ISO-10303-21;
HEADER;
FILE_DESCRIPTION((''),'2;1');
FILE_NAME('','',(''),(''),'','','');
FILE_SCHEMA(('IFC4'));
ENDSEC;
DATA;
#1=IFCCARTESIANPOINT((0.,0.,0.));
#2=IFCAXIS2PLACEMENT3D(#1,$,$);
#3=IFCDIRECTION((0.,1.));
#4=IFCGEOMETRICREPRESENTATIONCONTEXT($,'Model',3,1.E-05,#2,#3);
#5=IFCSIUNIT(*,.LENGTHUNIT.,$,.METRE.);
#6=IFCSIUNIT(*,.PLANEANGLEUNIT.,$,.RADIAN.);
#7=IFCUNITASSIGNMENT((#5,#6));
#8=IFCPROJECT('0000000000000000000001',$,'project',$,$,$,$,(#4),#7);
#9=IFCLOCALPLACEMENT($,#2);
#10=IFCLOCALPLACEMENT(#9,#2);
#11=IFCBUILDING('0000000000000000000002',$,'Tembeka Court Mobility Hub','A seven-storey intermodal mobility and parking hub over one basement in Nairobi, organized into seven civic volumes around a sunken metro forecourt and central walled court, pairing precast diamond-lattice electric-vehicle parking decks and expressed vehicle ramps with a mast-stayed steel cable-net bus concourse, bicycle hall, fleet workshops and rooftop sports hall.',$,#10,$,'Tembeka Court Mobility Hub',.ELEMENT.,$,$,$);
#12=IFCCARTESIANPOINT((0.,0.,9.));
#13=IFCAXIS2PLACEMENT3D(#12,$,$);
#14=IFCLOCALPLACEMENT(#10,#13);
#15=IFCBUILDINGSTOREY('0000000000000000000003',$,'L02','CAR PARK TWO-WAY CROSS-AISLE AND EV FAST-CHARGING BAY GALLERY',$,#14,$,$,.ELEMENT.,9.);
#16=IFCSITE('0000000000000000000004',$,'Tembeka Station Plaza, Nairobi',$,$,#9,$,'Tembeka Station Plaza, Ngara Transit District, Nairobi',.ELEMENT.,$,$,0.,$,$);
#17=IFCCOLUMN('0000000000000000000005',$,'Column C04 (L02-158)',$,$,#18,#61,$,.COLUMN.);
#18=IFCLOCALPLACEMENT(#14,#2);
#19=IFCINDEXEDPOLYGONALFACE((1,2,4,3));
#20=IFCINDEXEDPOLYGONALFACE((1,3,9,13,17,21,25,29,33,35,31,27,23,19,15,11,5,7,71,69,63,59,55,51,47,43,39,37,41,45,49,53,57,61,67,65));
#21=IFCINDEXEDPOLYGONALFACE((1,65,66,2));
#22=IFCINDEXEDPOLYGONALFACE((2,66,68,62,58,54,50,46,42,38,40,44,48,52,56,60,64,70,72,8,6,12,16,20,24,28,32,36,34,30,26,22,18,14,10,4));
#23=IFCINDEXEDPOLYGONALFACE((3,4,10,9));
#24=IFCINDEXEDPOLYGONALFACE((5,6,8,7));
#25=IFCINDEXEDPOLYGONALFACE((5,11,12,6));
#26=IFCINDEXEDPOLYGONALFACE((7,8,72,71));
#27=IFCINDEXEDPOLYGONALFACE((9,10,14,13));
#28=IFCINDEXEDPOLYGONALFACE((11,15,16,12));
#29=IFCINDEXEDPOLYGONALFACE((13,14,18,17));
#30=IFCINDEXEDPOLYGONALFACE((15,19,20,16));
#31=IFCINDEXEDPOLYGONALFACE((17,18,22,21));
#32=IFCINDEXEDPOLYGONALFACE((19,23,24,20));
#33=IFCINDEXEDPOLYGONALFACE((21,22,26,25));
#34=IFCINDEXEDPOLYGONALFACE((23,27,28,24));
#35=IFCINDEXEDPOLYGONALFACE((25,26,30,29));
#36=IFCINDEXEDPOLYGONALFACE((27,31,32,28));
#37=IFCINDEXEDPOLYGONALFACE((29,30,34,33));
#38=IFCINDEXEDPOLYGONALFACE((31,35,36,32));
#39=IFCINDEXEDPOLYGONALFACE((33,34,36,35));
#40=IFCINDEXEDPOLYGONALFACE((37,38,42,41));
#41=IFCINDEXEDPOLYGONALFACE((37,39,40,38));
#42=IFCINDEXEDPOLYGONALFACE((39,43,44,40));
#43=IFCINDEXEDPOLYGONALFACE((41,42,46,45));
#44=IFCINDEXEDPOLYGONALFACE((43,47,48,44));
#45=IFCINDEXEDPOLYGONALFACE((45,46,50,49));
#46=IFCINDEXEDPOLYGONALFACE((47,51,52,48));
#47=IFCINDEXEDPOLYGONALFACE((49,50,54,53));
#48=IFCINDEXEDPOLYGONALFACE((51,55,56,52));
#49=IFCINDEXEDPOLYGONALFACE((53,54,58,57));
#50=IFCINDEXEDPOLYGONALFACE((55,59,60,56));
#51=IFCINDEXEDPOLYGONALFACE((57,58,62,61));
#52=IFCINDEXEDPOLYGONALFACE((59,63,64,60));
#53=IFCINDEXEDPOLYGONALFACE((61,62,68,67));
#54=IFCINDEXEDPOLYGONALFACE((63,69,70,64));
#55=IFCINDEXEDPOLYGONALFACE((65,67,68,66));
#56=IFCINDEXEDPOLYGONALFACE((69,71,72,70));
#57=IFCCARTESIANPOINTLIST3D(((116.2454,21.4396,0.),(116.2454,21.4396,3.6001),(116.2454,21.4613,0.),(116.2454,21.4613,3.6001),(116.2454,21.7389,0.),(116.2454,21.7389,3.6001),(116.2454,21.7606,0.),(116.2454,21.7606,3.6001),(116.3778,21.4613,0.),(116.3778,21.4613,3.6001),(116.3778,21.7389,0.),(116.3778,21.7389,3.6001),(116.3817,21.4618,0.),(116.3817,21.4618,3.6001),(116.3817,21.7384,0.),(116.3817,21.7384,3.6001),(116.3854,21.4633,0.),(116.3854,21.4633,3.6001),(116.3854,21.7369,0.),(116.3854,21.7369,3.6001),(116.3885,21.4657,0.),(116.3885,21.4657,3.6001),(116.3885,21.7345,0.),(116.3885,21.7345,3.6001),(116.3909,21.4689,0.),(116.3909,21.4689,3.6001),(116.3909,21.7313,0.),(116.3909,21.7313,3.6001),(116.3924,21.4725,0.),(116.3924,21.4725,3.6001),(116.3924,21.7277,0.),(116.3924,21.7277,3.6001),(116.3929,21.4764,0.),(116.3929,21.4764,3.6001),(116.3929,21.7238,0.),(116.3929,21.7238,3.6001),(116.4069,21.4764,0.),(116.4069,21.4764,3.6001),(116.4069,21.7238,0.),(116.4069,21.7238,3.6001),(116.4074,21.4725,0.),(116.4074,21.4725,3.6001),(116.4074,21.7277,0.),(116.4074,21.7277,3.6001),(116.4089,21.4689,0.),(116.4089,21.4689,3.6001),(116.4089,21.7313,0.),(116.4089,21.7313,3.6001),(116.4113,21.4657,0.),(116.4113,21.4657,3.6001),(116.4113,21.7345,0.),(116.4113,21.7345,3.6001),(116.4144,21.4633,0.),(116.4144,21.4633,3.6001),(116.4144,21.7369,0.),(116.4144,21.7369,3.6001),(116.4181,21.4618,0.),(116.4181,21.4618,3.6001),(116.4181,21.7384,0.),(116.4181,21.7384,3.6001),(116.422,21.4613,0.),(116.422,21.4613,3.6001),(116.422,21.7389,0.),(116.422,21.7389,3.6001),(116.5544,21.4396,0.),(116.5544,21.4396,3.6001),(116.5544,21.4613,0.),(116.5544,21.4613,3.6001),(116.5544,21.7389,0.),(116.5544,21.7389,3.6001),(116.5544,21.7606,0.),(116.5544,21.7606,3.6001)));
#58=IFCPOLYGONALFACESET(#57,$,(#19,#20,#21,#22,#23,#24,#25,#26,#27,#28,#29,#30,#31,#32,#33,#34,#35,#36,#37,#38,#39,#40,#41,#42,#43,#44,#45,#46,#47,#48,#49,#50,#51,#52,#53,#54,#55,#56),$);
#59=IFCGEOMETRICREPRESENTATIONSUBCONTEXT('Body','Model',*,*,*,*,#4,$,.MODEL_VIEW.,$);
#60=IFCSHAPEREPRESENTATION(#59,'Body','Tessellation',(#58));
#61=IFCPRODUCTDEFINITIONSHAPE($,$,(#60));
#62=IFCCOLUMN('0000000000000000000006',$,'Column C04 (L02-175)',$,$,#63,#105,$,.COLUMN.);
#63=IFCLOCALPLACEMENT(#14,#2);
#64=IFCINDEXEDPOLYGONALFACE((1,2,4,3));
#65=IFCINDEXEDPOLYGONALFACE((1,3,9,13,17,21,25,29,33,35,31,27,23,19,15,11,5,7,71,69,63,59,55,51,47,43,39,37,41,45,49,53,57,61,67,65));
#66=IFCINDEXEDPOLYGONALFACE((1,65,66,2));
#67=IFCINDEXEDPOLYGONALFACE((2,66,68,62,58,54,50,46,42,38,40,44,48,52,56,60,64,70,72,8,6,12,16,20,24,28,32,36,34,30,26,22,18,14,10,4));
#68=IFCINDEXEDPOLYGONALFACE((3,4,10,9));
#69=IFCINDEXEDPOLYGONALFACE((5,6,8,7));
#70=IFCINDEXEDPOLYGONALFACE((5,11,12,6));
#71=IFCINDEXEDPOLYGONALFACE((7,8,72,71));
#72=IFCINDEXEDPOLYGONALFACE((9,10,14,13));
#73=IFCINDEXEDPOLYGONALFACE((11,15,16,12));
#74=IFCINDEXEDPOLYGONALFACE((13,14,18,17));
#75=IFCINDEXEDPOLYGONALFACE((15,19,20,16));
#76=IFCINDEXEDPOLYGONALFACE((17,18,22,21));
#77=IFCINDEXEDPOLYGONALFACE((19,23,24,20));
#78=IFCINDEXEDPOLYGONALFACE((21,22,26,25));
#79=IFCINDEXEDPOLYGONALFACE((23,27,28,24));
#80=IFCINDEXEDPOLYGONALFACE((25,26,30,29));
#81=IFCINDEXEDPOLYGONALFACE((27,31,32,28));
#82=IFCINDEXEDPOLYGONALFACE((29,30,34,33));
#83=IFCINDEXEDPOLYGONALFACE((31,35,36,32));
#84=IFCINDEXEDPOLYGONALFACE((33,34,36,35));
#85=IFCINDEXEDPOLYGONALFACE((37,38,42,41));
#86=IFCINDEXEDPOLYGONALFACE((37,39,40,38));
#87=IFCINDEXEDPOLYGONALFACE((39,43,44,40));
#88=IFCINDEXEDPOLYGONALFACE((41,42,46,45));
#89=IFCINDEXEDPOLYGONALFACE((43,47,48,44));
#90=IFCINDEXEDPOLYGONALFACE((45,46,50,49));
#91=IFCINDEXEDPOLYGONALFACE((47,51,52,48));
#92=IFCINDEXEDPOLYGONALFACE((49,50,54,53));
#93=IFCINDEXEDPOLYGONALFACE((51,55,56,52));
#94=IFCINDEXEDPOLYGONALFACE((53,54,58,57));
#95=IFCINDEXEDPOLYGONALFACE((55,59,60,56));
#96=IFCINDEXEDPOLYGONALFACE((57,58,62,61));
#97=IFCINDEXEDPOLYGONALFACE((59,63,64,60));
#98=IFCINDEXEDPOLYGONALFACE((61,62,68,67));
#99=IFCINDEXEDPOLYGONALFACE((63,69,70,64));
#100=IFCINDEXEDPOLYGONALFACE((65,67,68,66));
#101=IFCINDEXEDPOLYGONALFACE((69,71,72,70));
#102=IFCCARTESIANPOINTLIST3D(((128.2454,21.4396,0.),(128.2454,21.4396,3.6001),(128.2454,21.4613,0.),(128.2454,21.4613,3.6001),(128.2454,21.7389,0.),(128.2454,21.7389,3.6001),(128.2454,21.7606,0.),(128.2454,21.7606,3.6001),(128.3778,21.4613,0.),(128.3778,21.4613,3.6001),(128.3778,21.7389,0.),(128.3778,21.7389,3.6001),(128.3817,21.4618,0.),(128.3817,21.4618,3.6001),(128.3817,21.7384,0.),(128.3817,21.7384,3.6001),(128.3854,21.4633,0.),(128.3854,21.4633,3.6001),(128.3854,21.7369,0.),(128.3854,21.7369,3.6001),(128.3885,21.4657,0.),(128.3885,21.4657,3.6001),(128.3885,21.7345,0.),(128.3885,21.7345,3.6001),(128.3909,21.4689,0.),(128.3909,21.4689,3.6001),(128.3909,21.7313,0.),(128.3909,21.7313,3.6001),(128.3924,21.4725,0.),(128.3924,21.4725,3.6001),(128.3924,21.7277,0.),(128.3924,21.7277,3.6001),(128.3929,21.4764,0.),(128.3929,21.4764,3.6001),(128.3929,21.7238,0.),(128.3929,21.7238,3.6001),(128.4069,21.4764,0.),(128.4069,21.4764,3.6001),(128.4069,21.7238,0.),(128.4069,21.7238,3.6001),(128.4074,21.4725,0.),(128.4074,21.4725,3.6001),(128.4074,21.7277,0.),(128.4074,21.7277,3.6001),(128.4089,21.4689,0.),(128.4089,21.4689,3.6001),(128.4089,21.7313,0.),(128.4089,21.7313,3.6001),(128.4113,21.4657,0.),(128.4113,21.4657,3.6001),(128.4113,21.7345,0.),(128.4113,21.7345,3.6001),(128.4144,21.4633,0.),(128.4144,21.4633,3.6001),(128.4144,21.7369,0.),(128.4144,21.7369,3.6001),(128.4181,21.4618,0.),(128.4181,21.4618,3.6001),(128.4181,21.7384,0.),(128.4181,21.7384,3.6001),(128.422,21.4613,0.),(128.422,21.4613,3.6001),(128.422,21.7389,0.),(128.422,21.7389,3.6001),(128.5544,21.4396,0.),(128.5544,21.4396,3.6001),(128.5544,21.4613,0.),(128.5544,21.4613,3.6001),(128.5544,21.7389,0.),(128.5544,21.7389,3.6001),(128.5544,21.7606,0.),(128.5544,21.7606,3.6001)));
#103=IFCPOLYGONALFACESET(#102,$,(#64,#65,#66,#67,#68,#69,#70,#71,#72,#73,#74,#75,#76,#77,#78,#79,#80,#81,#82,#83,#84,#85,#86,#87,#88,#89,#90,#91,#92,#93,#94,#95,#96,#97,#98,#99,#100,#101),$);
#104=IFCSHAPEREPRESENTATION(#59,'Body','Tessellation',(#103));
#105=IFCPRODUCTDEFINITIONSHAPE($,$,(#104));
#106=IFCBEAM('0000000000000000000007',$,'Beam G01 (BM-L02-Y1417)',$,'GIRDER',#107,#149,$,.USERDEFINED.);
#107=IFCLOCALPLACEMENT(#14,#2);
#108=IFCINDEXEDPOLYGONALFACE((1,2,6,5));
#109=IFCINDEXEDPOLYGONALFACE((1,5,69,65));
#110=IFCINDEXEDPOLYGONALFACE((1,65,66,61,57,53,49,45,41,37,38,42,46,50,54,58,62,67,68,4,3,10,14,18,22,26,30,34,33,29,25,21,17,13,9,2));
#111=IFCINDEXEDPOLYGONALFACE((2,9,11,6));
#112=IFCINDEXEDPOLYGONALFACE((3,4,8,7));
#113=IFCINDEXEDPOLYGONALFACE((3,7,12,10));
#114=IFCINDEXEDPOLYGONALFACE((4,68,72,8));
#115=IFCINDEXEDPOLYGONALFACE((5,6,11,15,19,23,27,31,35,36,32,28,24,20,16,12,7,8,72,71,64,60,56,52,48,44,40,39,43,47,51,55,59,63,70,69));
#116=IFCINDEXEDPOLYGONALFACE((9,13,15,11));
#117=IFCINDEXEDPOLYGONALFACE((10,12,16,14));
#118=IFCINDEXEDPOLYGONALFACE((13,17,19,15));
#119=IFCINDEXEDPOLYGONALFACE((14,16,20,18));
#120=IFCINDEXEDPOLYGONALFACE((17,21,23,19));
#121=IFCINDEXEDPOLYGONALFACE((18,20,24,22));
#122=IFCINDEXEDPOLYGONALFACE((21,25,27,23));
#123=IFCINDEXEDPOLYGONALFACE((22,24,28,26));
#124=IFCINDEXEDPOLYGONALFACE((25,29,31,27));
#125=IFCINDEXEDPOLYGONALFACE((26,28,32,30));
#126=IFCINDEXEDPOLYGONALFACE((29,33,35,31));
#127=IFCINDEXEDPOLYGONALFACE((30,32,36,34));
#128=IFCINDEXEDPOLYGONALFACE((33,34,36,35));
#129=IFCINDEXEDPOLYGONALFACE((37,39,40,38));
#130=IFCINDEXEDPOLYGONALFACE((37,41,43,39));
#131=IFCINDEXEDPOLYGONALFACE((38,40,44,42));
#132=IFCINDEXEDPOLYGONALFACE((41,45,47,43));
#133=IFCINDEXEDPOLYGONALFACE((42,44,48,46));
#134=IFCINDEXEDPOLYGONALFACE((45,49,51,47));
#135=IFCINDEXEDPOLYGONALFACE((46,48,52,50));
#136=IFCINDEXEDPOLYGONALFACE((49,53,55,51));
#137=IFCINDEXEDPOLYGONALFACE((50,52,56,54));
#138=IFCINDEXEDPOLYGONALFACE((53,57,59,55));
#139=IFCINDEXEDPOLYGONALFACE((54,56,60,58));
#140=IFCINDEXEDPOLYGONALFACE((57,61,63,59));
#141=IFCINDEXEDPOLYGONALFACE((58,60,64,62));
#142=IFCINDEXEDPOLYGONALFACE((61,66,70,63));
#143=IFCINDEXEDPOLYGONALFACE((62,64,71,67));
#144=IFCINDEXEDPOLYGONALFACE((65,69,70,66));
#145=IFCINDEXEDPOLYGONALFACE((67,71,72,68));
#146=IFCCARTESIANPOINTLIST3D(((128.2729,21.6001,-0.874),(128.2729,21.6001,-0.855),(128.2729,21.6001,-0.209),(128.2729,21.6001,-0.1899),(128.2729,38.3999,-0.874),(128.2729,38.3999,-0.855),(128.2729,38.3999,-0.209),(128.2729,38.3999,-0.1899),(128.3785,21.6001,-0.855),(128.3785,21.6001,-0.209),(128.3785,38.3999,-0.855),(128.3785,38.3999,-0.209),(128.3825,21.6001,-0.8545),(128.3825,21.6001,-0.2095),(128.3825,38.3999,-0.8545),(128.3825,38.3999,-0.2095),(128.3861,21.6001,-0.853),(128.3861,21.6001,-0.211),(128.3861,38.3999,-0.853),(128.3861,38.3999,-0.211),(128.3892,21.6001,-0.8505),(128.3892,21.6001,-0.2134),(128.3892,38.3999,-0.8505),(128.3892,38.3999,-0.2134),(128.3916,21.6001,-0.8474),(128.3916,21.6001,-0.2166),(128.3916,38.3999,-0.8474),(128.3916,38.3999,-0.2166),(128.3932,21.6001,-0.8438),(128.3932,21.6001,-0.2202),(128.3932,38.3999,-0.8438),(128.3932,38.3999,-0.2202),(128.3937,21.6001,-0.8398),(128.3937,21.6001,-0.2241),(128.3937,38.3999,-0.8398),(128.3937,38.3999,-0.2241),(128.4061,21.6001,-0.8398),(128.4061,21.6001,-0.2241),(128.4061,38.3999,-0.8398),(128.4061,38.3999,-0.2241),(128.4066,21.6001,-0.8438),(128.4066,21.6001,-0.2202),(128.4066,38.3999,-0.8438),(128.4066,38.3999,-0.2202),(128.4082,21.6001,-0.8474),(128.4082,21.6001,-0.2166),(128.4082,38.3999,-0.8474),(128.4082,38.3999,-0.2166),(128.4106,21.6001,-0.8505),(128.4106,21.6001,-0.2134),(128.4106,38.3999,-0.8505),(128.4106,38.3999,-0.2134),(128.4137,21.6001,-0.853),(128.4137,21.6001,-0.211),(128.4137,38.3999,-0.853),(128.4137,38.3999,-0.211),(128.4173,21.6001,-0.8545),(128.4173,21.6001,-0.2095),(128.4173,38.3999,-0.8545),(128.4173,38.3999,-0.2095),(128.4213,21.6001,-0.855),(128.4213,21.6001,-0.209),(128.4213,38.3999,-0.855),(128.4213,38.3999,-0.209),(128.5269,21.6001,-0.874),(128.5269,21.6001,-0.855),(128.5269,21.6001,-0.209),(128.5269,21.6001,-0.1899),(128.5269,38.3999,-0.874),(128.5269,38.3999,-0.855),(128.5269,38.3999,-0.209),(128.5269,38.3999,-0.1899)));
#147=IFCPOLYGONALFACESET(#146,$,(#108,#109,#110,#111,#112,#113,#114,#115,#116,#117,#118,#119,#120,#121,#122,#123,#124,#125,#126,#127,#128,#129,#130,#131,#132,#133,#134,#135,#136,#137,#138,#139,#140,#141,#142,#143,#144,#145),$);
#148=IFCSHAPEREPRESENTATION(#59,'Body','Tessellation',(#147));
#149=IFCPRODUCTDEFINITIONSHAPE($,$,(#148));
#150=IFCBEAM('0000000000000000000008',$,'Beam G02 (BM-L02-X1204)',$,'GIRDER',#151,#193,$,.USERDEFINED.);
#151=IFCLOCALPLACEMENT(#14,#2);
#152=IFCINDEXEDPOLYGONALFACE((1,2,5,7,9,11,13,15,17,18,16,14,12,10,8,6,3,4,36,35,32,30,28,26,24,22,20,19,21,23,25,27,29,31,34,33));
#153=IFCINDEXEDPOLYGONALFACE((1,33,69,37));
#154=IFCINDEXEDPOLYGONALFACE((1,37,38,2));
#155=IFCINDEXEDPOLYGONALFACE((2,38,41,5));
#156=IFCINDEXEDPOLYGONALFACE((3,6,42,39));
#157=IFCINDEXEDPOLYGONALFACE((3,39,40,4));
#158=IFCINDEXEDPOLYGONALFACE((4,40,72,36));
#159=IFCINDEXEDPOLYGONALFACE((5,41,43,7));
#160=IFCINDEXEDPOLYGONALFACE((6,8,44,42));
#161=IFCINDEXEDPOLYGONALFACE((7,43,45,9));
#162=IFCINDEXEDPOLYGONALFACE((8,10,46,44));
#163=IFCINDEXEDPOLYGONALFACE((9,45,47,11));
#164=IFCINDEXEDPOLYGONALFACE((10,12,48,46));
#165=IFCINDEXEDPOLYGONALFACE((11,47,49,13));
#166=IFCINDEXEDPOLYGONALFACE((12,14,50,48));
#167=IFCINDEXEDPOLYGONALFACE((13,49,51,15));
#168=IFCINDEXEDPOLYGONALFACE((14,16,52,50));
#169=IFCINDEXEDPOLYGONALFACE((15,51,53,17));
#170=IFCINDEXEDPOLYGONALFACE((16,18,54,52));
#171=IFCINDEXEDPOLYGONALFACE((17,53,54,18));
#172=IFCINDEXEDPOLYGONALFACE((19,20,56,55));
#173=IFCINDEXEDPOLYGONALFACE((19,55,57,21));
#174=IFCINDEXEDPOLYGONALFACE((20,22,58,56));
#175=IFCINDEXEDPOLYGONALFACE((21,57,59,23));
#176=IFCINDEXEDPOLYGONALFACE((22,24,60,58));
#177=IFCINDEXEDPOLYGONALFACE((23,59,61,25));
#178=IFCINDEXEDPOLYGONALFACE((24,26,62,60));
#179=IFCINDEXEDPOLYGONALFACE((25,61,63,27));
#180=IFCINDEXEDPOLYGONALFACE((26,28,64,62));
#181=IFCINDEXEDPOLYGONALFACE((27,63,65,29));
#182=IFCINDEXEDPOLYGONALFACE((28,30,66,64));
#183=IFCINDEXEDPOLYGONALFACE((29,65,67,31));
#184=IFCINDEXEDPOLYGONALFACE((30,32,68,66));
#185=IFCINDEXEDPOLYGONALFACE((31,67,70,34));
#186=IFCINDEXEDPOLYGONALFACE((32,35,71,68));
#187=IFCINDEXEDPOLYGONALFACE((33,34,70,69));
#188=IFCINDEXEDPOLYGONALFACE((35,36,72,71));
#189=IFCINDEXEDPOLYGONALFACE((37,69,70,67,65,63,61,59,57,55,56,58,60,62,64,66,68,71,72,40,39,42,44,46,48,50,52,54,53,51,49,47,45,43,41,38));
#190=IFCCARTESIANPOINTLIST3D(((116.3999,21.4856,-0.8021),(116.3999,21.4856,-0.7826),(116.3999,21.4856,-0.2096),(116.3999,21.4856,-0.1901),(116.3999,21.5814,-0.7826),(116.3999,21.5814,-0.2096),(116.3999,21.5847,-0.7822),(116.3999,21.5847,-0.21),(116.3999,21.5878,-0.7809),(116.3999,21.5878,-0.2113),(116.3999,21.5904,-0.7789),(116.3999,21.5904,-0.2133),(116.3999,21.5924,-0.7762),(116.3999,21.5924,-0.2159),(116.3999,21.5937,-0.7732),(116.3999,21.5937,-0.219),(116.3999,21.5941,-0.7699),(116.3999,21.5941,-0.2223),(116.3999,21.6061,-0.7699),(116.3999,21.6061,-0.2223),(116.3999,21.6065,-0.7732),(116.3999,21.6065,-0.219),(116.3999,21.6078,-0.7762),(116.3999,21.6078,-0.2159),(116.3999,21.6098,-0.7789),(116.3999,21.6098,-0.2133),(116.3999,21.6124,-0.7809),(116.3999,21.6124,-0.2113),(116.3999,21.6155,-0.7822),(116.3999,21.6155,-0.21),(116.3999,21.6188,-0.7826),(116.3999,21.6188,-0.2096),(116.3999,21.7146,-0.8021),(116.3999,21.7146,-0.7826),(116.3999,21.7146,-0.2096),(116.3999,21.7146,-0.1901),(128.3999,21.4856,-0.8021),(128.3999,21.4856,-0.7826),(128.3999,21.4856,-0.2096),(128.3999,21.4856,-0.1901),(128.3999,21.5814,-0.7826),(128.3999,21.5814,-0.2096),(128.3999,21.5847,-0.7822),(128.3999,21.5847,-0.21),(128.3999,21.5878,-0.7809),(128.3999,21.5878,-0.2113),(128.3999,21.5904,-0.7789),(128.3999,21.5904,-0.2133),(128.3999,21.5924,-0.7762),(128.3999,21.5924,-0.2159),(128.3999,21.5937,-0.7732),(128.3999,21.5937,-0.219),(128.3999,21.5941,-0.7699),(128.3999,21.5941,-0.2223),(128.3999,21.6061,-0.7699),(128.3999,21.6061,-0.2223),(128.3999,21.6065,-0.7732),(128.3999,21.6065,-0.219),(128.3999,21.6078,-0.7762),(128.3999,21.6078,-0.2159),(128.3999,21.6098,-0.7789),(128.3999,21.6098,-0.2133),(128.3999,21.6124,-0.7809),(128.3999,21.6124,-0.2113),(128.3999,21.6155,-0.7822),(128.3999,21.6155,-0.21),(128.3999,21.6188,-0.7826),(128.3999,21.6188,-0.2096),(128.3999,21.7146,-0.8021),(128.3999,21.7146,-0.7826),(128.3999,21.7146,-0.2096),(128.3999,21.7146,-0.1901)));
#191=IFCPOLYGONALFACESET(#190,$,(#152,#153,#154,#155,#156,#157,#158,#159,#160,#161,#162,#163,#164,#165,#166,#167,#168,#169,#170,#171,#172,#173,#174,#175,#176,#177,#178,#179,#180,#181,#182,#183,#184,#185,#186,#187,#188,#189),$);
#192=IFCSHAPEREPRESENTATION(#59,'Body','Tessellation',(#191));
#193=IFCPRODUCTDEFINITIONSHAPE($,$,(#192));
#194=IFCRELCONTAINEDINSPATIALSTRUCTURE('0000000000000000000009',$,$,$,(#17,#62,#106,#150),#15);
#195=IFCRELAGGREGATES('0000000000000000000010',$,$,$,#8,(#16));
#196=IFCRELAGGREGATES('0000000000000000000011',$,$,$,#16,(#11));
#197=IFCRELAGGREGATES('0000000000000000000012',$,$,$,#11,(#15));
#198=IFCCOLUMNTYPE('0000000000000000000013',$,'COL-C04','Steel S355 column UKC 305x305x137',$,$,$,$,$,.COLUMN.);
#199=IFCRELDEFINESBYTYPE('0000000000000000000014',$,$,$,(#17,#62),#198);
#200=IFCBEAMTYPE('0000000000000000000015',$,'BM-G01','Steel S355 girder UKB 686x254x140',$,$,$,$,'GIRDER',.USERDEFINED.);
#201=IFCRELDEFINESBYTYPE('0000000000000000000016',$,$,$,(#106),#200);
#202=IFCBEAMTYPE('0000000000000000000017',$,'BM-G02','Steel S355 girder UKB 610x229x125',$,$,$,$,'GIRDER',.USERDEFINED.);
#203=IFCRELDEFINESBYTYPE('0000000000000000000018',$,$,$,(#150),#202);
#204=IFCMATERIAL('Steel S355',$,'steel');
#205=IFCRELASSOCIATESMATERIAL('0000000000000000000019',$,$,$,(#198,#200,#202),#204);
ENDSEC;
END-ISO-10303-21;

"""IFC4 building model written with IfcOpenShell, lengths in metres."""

from ifc_helpers import new_model, si_unit, direction, frame, origin, origin_2d, place, context, subcontext, project, spatial, i_section, extrude, material, material_profile, profile_set, type_object, element, save


model = new_model("IFC4")

# Units and contexts
model_context = context("Model", 3, precision=1e-05, world=origin(), true_north=direction((0.0, 1.0)))
body_context = subcontext(model_context, "Body", "Model", "MODEL_VIEW")
ifc_project = project(units=[si_unit("LENGTHUNIT", "METRE"), si_unit("PLANEANGLEUNIT", "RADIAN")], contexts=[model_context])

# Site, building, storey
site_placement = place(None, origin())
site = spatial("IfcSite", under=ifc_project, at=site_placement, Name="Tembeka Station Plaza, Nairobi", LongName="Tembeka Station Plaza, Ngara Transit District, Nairobi", CompositionType="ELEMENT", RefElevation=0.0)
building_placement = place(site_placement, origin())
building = spatial("IfcBuilding", under=site, at=building_placement, Name="Tembeka Court Mobility Hub", Description="A seven-storey intermodal mobility and parking hub over one basement in Nairobi, organized into seven civic volumes around a sunken metro forecourt and central walled court, pairing precast diamond-lattice electric-vehicle parking decks and expressed vehicle ramps with a mast-stayed steel cable-net bus concourse, bicycle hall, fleet workshops and rooftop sports hall.", LongName="Tembeka Court Mobility Hub", CompositionType="ELEMENT")
storey_placement = place(building_placement, frame((0.0, 0.0, 9.0)))
storey = spatial("IfcBuildingStorey", under=building, at=storey_placement, Name="L02", Description="CAR PARK TWO-WAY CROSS-AISLE AND EV FAST-CHARGING BAY GALLERY", CompositionType="ELEMENT", Elevation=9.0)

# Columns
ifc_material_1 = material(Name="Steel S355", Category="steel")
ifc_material_profile_1 = material_profile(ifc_material_1, i_section(OverallWidth=0.3091, OverallDepth=0.321, WebThickness=0.0139, FlangeThickness=0.0217, FilletRadius=0.0151, at=origin_2d()), Name="UKC 305x305x137")
ifc_profile_set_1 = profile_set([ifc_material_profile_1], Name="Steel S355")
column_type = type_object("IfcColumnType", Name="COL-C04", Description="Steel S355 column UKC 305x305x137", PredefinedType="COLUMN", material=ifc_profile_set_1)
for number, where, z_axis, x_axis, name in (
    (1, (116.3999, 21.6001, 0.0), (0.0, 0.0, 1.0), (1.0, 0.0, 0.0), "Column C04 (L02-158)"),
    (2, (128.3999, 21.6001, 0.0), (0.0, 0.0, 1.0), (1.0, 0.0, 0.0), "Column C04 (L02-175)"),
):
    element("IfcColumn", number, at=place(storey_placement, frame(where, z_axis=z_axis, x_axis=x_axis)), inside=storey, type_object=column_type, Name=name, PredefinedType="COLUMN", context=body_context, shape_type="SweptSolid", body=[
        extrude(i_section(OverallWidth=0.3091, OverallDepth=0.321, WebThickness=0.0139, FlangeThickness=0.0217, FilletRadius=0.0151, at=origin_2d()), origin(), (0.0, 0.0, 1.0), 3.6001),
    ])

# Beams
ifc_material_profile_2 = material_profile(ifc_material_1, i_section(OverallWidth=0.2539, OverallDepth=0.6841, WebThickness=0.0125, FlangeThickness=0.019, FilletRadius=0.0151, at=origin_2d()), Name="UKB 686x254x140")
ifc_profile_set_2 = profile_set([ifc_material_profile_2], Name="Steel S355")
beam_type_1 = type_object("IfcBeamType", Name="BM-G01", Description="Steel S355 girder UKB 686x254x140", ElementType="GIRDER", PredefinedType="USERDEFINED", material=ifc_profile_set_2)
beam_placement = place(storey_placement, frame((128.3999, 21.6001, -0.532), z_axis=(0.0, 1.0, 0.0), x_axis=(-1.0, 0.0, 0.0)))
element("IfcBeam", 3, at=beam_placement, inside=storey, type_object=beam_type_1, Name="Beam G01 (BM-L02-Y1417)", ObjectType="GIRDER", PredefinedType="USERDEFINED", context=body_context, shape_type="SweptSolid", body=[
    extrude(i_section(OverallWidth=0.2539, OverallDepth=0.6841, WebThickness=0.0125, FlangeThickness=0.019, FilletRadius=0.0151, at=origin_2d()), origin(), (0.0, 0.0, 1.0), 16.7998),
])
ifc_material_profile_3 = material_profile(ifc_material_1, i_section(OverallWidth=0.229, OverallDepth=0.6121, WebThickness=0.012, FlangeThickness=0.0195, FilletRadius=0.0127, at=origin_2d()), Name="UKB 610x229x125")
ifc_profile_set_3 = profile_set([ifc_material_profile_3], Name="Steel S355")
beam_type_2 = type_object("IfcBeamType", Name="BM-G02", Description="Steel S355 girder UKB 610x229x125", ElementType="GIRDER", PredefinedType="USERDEFINED", material=ifc_profile_set_3)
for number, where, z_axis, x_axis, name in (
    (4, (116.3999, 21.6001, -0.4961), (1.0, 0.0, 0.0), (0.0, 1.0, 0.0), "Beam G02 (BM-L02-X1204)"),
):
    element("IfcBeam", number, at=place(storey_placement, frame(where, z_axis=z_axis, x_axis=x_axis)), inside=storey, type_object=beam_type_2, Name=name, ObjectType="GIRDER", PredefinedType="USERDEFINED", context=body_context, shape_type="SweptSolid", body=[
        extrude(i_section(OverallWidth=0.229, OverallDepth=0.6121, WebThickness=0.012, FlangeThickness=0.0195, FilletRadius=0.0127, at=origin_2d()), origin(), (0.0, 0.0, 1.0), 12.0),
    ])

save(model, "model.ifc")
